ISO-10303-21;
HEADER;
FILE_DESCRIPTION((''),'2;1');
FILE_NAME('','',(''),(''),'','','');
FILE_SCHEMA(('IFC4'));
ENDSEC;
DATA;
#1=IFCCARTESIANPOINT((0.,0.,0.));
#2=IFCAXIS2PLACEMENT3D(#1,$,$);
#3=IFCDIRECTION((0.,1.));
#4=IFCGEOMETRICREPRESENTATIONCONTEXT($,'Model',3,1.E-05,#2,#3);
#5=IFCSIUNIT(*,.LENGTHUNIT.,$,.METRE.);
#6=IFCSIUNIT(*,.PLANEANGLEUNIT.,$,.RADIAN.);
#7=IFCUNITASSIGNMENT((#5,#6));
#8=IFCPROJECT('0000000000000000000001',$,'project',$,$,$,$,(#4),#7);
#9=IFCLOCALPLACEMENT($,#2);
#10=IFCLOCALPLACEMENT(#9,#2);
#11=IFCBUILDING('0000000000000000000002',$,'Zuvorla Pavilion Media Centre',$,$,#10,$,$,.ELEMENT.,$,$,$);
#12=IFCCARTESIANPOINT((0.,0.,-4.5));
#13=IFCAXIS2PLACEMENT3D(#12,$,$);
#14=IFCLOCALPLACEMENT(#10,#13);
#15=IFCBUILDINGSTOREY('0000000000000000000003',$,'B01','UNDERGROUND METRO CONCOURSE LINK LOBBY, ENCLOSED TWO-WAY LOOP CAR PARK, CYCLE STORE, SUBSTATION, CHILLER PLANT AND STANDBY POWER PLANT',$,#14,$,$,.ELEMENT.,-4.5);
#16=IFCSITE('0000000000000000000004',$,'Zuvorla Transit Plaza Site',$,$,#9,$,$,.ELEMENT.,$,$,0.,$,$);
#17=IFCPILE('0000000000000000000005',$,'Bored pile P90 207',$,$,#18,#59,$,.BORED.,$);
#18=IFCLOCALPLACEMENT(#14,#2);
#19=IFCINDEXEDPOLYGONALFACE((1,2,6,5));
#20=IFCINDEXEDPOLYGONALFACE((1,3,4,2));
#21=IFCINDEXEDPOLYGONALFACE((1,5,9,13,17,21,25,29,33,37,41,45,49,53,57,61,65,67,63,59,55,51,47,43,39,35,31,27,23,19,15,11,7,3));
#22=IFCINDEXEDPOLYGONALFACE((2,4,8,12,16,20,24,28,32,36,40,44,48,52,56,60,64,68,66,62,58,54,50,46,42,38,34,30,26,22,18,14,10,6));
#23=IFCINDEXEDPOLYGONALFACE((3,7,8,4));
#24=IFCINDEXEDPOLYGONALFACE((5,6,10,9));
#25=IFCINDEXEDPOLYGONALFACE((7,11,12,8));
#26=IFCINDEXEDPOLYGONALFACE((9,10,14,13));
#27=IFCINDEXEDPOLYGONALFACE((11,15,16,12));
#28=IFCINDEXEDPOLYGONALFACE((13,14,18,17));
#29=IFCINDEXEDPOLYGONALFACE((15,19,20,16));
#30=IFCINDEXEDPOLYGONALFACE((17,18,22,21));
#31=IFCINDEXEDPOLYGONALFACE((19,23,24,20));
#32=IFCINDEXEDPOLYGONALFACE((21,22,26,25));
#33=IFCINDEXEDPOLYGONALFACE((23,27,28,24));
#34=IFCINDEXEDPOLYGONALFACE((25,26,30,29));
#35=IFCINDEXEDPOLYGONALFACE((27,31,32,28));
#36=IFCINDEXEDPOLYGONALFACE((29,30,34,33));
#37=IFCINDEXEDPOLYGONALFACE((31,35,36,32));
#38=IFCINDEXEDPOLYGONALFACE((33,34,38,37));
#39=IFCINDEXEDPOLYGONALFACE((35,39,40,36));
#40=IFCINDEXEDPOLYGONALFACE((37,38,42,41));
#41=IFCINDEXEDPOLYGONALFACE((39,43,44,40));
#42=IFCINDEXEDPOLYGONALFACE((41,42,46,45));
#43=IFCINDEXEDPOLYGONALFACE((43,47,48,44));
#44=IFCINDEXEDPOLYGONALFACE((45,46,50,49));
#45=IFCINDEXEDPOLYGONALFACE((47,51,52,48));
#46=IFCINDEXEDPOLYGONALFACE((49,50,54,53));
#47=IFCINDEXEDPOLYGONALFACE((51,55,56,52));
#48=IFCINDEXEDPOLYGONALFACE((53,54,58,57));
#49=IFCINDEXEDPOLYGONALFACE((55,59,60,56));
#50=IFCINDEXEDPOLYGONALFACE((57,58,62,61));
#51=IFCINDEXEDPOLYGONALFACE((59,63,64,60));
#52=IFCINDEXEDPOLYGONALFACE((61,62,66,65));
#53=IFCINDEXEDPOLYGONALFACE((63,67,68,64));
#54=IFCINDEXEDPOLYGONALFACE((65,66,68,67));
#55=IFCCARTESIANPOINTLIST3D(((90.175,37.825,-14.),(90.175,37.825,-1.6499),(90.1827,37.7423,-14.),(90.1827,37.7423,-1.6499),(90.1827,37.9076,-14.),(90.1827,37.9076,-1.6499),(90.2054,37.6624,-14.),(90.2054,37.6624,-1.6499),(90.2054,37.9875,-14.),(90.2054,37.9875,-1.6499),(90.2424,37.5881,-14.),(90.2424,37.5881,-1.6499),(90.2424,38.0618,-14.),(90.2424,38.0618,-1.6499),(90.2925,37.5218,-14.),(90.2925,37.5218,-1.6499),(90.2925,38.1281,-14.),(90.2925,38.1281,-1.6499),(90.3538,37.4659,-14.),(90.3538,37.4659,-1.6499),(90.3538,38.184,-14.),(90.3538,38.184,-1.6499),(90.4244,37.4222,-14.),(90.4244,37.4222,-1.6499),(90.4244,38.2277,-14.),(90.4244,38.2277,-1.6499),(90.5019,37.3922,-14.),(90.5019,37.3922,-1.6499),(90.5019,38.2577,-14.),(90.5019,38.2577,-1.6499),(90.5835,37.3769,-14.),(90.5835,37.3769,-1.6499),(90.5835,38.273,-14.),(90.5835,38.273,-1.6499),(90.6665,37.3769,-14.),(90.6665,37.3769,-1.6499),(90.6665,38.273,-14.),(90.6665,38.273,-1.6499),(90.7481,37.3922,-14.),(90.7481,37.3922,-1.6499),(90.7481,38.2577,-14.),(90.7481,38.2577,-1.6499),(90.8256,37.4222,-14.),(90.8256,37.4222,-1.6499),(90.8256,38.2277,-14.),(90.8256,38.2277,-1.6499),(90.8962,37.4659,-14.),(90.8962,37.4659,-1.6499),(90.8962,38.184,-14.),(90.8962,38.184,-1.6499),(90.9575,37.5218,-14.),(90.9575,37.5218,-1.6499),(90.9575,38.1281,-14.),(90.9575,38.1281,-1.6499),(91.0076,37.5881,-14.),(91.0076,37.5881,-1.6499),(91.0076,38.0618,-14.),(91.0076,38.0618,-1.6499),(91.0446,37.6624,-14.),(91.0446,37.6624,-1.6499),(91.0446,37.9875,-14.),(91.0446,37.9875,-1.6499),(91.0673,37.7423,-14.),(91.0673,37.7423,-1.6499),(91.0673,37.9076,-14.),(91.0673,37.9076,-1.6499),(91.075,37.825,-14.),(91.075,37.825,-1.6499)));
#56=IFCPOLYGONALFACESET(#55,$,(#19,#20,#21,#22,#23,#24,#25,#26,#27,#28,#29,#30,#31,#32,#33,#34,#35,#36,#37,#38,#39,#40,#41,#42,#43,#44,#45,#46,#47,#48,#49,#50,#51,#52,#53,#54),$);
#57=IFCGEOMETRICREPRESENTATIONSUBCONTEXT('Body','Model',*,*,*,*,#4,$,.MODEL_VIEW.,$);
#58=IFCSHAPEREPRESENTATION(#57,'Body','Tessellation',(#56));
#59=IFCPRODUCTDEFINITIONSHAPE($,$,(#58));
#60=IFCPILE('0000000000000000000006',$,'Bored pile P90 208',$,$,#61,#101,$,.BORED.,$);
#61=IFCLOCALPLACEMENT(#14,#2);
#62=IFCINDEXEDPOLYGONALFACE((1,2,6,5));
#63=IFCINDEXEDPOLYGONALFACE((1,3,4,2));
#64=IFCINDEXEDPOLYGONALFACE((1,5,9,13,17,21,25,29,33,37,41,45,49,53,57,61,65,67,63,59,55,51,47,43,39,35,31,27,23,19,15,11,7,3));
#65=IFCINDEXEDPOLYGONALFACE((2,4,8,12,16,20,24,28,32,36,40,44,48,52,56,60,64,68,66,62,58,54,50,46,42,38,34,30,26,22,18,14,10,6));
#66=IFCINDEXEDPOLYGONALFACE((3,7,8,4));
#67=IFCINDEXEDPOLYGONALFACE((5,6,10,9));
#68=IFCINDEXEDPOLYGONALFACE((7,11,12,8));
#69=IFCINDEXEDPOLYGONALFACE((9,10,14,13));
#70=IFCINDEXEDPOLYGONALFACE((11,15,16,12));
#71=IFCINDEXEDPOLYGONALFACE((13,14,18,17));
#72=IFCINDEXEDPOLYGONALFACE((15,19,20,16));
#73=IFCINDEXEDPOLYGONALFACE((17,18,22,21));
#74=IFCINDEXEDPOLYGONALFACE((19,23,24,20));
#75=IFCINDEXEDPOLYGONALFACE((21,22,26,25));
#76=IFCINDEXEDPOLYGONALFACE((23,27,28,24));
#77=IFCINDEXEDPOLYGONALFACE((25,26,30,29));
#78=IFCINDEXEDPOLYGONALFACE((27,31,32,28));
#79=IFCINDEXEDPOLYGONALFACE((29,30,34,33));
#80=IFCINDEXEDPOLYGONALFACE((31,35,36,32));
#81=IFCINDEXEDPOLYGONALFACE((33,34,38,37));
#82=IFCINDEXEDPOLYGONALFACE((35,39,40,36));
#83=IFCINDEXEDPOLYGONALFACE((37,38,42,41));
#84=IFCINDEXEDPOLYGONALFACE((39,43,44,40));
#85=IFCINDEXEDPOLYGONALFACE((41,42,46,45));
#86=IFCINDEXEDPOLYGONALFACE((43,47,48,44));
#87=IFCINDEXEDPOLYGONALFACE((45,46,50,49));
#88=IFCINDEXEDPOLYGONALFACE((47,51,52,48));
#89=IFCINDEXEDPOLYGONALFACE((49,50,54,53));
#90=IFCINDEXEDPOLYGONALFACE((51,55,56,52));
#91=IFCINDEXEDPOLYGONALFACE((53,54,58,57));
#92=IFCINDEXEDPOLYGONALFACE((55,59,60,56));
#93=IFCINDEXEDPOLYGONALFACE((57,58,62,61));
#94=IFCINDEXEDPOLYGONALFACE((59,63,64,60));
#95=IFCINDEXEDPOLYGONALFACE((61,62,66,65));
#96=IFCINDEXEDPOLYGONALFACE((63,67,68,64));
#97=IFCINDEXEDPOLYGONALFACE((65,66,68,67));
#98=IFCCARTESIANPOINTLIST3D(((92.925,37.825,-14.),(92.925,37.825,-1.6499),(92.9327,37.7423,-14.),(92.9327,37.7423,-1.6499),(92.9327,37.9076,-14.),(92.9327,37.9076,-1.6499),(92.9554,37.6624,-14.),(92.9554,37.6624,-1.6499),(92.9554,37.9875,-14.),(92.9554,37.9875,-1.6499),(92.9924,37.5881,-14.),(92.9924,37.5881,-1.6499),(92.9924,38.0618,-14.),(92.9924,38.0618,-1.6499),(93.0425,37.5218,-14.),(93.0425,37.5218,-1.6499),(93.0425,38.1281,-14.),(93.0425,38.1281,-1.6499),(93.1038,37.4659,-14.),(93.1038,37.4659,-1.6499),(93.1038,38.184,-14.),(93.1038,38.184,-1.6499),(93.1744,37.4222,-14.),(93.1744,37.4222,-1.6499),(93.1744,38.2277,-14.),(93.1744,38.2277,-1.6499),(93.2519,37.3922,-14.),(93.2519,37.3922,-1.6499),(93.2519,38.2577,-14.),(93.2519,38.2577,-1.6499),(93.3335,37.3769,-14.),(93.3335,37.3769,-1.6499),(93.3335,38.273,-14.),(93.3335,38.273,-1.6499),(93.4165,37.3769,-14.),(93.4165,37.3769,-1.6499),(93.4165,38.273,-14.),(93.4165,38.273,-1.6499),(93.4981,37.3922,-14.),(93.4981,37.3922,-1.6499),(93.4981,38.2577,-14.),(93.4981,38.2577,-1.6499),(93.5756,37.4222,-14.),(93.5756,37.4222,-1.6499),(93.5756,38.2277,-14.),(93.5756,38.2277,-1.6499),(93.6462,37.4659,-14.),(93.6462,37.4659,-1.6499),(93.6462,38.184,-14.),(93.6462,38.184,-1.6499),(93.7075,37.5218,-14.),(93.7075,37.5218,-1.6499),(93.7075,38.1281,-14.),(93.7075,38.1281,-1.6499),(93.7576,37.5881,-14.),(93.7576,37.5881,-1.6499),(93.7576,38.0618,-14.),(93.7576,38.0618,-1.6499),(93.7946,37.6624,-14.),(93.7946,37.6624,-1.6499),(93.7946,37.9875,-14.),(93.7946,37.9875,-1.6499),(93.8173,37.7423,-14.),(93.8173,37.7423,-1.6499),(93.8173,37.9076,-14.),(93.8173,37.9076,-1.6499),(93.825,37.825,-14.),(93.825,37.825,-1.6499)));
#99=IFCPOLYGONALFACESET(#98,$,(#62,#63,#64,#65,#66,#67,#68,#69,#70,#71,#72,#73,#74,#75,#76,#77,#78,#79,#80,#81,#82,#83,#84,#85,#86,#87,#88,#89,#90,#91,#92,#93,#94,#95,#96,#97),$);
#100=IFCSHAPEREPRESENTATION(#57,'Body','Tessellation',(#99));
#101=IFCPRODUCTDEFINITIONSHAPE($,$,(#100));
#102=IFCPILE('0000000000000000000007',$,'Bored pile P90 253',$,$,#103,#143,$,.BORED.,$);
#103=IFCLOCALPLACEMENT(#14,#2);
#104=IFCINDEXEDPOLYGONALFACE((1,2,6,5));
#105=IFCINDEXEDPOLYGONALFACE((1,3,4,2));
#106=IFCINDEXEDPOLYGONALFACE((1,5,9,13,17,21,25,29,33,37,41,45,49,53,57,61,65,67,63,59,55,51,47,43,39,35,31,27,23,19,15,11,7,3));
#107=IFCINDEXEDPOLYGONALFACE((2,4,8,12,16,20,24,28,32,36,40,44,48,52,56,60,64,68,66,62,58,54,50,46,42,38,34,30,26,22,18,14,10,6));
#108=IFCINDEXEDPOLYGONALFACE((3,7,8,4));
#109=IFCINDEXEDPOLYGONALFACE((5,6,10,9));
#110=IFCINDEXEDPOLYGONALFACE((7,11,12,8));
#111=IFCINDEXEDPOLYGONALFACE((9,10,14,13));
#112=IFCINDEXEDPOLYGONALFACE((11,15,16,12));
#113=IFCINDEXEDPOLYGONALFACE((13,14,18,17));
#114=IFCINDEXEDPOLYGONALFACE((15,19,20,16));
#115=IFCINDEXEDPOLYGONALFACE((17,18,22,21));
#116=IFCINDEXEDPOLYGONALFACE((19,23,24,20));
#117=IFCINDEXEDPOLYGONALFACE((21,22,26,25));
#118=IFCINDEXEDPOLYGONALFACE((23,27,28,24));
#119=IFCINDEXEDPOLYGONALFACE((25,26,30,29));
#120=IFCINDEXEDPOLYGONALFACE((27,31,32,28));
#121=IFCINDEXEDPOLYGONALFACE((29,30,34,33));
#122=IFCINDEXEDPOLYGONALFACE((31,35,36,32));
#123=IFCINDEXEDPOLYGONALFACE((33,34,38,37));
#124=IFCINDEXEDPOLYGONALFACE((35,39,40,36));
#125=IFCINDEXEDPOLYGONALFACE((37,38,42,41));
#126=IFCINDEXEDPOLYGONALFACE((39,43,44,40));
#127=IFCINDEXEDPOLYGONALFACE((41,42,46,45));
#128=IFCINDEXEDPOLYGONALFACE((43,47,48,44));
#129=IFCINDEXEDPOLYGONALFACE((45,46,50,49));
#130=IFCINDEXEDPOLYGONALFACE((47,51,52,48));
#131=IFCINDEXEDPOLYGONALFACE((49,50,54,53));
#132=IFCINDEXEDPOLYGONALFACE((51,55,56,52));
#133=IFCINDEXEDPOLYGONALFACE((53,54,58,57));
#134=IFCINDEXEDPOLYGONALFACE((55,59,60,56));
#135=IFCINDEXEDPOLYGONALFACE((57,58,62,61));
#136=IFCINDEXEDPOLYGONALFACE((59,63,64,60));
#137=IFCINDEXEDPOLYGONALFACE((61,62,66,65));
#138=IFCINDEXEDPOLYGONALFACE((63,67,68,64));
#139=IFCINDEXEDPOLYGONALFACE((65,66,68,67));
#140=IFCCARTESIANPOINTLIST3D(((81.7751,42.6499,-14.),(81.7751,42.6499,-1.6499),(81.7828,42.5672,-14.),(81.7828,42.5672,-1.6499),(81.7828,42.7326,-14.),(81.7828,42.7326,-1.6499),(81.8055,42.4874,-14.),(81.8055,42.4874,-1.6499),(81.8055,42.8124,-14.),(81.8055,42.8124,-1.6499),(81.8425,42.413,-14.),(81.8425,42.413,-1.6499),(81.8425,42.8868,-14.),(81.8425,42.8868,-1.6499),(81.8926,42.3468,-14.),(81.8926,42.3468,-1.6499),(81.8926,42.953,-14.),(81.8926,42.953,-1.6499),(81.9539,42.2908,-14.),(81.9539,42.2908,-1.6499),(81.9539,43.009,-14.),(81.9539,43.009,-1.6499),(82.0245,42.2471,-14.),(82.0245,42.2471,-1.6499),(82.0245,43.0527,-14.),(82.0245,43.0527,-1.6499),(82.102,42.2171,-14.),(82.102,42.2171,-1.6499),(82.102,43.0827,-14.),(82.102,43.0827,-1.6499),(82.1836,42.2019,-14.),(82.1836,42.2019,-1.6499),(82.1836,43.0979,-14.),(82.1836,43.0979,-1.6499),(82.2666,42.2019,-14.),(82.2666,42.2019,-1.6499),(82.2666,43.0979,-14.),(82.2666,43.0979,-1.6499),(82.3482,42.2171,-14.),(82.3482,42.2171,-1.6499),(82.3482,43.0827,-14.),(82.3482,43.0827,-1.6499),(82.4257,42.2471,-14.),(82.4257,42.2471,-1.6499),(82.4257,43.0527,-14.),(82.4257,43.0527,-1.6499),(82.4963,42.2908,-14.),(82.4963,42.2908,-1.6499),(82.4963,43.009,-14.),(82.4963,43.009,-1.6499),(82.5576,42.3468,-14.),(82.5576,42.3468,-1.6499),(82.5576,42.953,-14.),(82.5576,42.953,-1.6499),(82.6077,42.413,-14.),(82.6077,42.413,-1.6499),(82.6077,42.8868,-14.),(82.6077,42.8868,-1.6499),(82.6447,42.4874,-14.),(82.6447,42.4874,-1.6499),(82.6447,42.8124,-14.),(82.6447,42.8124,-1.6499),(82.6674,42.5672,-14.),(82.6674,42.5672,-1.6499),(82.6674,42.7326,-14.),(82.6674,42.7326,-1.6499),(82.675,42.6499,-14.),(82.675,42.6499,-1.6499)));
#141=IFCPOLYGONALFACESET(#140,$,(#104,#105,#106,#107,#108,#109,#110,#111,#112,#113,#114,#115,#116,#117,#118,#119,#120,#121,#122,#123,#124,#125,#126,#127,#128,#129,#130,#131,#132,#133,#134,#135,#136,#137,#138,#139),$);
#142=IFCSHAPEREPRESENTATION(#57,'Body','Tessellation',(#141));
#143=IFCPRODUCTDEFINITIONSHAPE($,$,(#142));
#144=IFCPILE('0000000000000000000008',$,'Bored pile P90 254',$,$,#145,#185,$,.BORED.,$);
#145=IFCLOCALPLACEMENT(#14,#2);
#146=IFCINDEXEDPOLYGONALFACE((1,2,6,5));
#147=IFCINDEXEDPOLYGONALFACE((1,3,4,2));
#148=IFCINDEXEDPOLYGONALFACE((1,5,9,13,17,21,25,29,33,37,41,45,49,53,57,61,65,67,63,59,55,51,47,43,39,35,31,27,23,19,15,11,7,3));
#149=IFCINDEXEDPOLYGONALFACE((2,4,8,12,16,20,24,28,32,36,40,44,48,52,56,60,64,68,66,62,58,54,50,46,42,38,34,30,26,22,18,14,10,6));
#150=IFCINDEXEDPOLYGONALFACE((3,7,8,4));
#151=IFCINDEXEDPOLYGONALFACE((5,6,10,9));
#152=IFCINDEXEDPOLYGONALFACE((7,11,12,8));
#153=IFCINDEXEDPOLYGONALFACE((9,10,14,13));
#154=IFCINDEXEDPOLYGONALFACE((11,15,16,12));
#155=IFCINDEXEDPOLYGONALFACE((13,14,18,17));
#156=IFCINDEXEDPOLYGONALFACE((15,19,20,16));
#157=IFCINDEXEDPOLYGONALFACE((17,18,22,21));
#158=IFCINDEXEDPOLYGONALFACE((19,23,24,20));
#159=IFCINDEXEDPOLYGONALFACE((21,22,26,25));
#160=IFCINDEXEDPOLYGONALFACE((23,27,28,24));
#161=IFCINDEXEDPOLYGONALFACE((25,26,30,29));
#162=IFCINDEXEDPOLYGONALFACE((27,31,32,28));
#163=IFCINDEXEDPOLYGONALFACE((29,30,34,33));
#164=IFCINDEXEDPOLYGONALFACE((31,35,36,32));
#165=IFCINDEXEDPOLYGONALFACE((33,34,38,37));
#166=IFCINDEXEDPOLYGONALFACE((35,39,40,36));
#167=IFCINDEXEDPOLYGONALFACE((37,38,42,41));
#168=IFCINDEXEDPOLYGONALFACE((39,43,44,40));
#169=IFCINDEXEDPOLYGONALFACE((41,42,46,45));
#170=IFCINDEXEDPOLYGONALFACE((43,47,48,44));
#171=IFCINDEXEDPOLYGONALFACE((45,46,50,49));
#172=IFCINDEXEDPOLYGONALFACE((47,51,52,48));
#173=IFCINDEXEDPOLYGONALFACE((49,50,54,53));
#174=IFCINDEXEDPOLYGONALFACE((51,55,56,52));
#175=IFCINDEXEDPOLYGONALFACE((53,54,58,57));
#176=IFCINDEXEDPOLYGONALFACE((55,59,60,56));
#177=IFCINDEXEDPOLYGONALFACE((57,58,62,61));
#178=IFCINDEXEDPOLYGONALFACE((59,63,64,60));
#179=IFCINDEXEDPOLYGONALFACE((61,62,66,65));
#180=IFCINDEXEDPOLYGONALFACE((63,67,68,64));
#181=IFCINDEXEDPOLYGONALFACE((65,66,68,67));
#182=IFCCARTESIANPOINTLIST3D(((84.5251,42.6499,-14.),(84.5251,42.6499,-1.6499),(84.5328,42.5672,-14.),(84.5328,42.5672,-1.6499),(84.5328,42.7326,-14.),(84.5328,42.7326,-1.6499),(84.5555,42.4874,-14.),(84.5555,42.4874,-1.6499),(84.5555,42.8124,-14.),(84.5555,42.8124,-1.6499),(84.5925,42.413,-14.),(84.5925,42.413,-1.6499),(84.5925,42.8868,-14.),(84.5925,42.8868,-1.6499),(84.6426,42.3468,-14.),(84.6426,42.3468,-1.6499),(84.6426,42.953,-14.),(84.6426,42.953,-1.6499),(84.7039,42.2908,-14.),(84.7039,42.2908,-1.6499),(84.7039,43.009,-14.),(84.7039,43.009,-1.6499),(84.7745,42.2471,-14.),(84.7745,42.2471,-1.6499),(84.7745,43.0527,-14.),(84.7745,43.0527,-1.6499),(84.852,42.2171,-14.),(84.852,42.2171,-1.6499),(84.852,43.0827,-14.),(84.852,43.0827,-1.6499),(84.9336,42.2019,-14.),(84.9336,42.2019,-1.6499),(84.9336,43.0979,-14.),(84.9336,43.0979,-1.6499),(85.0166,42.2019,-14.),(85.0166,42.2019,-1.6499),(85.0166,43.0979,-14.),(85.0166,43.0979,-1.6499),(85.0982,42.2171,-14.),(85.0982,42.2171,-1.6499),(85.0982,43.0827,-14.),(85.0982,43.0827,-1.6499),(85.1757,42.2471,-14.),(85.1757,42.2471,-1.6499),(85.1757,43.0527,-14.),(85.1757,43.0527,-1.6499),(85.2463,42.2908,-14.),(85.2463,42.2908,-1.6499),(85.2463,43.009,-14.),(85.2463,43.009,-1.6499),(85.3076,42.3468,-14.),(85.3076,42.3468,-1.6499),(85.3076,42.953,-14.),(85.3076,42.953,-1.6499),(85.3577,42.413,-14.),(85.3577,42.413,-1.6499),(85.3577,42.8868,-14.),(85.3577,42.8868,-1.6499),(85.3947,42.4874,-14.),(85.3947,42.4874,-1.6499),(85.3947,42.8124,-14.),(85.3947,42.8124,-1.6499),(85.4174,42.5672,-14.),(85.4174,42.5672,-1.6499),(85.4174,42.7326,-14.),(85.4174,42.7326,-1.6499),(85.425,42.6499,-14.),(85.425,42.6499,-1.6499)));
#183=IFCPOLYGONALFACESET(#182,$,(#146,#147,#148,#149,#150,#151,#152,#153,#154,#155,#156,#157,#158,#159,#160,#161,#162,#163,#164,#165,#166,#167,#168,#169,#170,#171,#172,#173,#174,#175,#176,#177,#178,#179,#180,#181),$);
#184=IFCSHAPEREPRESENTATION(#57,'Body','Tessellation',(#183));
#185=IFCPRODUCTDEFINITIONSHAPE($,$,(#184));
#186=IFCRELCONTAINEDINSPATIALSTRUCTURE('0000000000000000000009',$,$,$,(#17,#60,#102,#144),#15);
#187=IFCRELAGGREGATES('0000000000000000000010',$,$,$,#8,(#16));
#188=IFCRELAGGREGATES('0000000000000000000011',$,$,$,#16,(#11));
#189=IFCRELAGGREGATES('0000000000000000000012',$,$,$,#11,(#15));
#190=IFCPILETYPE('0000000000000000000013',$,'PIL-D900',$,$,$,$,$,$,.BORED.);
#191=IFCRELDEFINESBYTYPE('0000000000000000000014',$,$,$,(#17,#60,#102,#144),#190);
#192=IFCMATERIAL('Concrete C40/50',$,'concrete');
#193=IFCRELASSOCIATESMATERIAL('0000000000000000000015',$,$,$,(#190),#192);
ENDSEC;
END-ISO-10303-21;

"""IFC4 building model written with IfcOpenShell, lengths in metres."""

from ifc_helpers import new_model, si_unit, direction, frame, origin, origin_2d, place, context, subcontext, project, spatial, circle, extrude, material, material_profile, profile_set, type_object, element, save


model = new_model("IFC4")

# Units and contexts
model_context = context("Model", 3, precision=1e-05, world=origin(), true_north=direction((0.0, 1.0)))
body_context = subcontext(model_context, "Body", "Model", "MODEL_VIEW")
ifc_project = project(units=[si_unit("LENGTHUNIT", "METRE"), si_unit("PLANEANGLEUNIT", "RADIAN")], contexts=[model_context])

# Site, building, storey
site_placement = place(None, origin())
site = spatial("IfcSite", under=ifc_project, at=site_placement, Name="Zuvorla Transit Plaza Site", CompositionType="ELEMENT", RefElevation=0.0)
building_placement = place(site_placement, origin())
building = spatial("IfcBuilding", under=site, at=building_placement, Name="Zuvorla Pavilion Media Centre", CompositionType="ELEMENT")
storey_placement = place(building_placement, frame((0.0, 0.0, -4.5)))
storey = spatial("IfcBuildingStorey", under=building, at=storey_placement, Name="B01", Description="UNDERGROUND METRO CONCOURSE LINK LOBBY, ENCLOSED TWO-WAY LOOP CAR PARK, CYCLE STORE, SUBSTATION, CHILLER PLANT AND STANDBY POWER PLANT", CompositionType="ELEMENT", Elevation=-4.5)

# Shared definitions
ifc_material_1 = material(Name="Concrete C40/50", Category="concrete")

# Piles
ifc_material_profile_1 = material_profile(ifc_material_1, circle(Radius=0.45, at=origin_2d()), Name="BORED PILE 900")
ifc_profile_set_1 = profile_set([ifc_material_profile_1], Name="Concrete C40/50")
pile_type = type_object("IfcPileType", Name="PIL-D900", PredefinedType="BORED", material=ifc_profile_set_1)
for number, where, z_axis, x_axis, name in (
    (1, (90.625, 37.825, -1.6499), (0.0, 0.0, -1.0), (1.0, 0.0, 0.0), "Bored pile P90 207"),
    (2, (93.375, 37.825, -1.6499), (0.0, 0.0, -1.0), (1.0, 0.0, 0.0), "Bored pile P90 208"),
    (3, (82.2251, 42.6499, -1.6499), (0.0, 0.0, -1.0), (1.0, 0.0, 0.0), "Bored pile P90 253"),
    (4, (84.9751, 42.6499, -1.6499), (0.0, 0.0, -1.0), (1.0, 0.0, 0.0), "Bored pile P90 254"),
):
    element("IfcPile", number, at=place(storey_placement, frame(where, z_axis=z_axis, x_axis=x_axis)), inside=storey, type_object=pile_type, Name=name, PredefinedType="BORED", context=body_context, shape_type="SweptSolid", body=[
        extrude(circle(Radius=0.45, at=origin_2d()), origin(), (0.0, 0.0, 1.0), 12.3501),
    ])

save(model, "model.ifc")
